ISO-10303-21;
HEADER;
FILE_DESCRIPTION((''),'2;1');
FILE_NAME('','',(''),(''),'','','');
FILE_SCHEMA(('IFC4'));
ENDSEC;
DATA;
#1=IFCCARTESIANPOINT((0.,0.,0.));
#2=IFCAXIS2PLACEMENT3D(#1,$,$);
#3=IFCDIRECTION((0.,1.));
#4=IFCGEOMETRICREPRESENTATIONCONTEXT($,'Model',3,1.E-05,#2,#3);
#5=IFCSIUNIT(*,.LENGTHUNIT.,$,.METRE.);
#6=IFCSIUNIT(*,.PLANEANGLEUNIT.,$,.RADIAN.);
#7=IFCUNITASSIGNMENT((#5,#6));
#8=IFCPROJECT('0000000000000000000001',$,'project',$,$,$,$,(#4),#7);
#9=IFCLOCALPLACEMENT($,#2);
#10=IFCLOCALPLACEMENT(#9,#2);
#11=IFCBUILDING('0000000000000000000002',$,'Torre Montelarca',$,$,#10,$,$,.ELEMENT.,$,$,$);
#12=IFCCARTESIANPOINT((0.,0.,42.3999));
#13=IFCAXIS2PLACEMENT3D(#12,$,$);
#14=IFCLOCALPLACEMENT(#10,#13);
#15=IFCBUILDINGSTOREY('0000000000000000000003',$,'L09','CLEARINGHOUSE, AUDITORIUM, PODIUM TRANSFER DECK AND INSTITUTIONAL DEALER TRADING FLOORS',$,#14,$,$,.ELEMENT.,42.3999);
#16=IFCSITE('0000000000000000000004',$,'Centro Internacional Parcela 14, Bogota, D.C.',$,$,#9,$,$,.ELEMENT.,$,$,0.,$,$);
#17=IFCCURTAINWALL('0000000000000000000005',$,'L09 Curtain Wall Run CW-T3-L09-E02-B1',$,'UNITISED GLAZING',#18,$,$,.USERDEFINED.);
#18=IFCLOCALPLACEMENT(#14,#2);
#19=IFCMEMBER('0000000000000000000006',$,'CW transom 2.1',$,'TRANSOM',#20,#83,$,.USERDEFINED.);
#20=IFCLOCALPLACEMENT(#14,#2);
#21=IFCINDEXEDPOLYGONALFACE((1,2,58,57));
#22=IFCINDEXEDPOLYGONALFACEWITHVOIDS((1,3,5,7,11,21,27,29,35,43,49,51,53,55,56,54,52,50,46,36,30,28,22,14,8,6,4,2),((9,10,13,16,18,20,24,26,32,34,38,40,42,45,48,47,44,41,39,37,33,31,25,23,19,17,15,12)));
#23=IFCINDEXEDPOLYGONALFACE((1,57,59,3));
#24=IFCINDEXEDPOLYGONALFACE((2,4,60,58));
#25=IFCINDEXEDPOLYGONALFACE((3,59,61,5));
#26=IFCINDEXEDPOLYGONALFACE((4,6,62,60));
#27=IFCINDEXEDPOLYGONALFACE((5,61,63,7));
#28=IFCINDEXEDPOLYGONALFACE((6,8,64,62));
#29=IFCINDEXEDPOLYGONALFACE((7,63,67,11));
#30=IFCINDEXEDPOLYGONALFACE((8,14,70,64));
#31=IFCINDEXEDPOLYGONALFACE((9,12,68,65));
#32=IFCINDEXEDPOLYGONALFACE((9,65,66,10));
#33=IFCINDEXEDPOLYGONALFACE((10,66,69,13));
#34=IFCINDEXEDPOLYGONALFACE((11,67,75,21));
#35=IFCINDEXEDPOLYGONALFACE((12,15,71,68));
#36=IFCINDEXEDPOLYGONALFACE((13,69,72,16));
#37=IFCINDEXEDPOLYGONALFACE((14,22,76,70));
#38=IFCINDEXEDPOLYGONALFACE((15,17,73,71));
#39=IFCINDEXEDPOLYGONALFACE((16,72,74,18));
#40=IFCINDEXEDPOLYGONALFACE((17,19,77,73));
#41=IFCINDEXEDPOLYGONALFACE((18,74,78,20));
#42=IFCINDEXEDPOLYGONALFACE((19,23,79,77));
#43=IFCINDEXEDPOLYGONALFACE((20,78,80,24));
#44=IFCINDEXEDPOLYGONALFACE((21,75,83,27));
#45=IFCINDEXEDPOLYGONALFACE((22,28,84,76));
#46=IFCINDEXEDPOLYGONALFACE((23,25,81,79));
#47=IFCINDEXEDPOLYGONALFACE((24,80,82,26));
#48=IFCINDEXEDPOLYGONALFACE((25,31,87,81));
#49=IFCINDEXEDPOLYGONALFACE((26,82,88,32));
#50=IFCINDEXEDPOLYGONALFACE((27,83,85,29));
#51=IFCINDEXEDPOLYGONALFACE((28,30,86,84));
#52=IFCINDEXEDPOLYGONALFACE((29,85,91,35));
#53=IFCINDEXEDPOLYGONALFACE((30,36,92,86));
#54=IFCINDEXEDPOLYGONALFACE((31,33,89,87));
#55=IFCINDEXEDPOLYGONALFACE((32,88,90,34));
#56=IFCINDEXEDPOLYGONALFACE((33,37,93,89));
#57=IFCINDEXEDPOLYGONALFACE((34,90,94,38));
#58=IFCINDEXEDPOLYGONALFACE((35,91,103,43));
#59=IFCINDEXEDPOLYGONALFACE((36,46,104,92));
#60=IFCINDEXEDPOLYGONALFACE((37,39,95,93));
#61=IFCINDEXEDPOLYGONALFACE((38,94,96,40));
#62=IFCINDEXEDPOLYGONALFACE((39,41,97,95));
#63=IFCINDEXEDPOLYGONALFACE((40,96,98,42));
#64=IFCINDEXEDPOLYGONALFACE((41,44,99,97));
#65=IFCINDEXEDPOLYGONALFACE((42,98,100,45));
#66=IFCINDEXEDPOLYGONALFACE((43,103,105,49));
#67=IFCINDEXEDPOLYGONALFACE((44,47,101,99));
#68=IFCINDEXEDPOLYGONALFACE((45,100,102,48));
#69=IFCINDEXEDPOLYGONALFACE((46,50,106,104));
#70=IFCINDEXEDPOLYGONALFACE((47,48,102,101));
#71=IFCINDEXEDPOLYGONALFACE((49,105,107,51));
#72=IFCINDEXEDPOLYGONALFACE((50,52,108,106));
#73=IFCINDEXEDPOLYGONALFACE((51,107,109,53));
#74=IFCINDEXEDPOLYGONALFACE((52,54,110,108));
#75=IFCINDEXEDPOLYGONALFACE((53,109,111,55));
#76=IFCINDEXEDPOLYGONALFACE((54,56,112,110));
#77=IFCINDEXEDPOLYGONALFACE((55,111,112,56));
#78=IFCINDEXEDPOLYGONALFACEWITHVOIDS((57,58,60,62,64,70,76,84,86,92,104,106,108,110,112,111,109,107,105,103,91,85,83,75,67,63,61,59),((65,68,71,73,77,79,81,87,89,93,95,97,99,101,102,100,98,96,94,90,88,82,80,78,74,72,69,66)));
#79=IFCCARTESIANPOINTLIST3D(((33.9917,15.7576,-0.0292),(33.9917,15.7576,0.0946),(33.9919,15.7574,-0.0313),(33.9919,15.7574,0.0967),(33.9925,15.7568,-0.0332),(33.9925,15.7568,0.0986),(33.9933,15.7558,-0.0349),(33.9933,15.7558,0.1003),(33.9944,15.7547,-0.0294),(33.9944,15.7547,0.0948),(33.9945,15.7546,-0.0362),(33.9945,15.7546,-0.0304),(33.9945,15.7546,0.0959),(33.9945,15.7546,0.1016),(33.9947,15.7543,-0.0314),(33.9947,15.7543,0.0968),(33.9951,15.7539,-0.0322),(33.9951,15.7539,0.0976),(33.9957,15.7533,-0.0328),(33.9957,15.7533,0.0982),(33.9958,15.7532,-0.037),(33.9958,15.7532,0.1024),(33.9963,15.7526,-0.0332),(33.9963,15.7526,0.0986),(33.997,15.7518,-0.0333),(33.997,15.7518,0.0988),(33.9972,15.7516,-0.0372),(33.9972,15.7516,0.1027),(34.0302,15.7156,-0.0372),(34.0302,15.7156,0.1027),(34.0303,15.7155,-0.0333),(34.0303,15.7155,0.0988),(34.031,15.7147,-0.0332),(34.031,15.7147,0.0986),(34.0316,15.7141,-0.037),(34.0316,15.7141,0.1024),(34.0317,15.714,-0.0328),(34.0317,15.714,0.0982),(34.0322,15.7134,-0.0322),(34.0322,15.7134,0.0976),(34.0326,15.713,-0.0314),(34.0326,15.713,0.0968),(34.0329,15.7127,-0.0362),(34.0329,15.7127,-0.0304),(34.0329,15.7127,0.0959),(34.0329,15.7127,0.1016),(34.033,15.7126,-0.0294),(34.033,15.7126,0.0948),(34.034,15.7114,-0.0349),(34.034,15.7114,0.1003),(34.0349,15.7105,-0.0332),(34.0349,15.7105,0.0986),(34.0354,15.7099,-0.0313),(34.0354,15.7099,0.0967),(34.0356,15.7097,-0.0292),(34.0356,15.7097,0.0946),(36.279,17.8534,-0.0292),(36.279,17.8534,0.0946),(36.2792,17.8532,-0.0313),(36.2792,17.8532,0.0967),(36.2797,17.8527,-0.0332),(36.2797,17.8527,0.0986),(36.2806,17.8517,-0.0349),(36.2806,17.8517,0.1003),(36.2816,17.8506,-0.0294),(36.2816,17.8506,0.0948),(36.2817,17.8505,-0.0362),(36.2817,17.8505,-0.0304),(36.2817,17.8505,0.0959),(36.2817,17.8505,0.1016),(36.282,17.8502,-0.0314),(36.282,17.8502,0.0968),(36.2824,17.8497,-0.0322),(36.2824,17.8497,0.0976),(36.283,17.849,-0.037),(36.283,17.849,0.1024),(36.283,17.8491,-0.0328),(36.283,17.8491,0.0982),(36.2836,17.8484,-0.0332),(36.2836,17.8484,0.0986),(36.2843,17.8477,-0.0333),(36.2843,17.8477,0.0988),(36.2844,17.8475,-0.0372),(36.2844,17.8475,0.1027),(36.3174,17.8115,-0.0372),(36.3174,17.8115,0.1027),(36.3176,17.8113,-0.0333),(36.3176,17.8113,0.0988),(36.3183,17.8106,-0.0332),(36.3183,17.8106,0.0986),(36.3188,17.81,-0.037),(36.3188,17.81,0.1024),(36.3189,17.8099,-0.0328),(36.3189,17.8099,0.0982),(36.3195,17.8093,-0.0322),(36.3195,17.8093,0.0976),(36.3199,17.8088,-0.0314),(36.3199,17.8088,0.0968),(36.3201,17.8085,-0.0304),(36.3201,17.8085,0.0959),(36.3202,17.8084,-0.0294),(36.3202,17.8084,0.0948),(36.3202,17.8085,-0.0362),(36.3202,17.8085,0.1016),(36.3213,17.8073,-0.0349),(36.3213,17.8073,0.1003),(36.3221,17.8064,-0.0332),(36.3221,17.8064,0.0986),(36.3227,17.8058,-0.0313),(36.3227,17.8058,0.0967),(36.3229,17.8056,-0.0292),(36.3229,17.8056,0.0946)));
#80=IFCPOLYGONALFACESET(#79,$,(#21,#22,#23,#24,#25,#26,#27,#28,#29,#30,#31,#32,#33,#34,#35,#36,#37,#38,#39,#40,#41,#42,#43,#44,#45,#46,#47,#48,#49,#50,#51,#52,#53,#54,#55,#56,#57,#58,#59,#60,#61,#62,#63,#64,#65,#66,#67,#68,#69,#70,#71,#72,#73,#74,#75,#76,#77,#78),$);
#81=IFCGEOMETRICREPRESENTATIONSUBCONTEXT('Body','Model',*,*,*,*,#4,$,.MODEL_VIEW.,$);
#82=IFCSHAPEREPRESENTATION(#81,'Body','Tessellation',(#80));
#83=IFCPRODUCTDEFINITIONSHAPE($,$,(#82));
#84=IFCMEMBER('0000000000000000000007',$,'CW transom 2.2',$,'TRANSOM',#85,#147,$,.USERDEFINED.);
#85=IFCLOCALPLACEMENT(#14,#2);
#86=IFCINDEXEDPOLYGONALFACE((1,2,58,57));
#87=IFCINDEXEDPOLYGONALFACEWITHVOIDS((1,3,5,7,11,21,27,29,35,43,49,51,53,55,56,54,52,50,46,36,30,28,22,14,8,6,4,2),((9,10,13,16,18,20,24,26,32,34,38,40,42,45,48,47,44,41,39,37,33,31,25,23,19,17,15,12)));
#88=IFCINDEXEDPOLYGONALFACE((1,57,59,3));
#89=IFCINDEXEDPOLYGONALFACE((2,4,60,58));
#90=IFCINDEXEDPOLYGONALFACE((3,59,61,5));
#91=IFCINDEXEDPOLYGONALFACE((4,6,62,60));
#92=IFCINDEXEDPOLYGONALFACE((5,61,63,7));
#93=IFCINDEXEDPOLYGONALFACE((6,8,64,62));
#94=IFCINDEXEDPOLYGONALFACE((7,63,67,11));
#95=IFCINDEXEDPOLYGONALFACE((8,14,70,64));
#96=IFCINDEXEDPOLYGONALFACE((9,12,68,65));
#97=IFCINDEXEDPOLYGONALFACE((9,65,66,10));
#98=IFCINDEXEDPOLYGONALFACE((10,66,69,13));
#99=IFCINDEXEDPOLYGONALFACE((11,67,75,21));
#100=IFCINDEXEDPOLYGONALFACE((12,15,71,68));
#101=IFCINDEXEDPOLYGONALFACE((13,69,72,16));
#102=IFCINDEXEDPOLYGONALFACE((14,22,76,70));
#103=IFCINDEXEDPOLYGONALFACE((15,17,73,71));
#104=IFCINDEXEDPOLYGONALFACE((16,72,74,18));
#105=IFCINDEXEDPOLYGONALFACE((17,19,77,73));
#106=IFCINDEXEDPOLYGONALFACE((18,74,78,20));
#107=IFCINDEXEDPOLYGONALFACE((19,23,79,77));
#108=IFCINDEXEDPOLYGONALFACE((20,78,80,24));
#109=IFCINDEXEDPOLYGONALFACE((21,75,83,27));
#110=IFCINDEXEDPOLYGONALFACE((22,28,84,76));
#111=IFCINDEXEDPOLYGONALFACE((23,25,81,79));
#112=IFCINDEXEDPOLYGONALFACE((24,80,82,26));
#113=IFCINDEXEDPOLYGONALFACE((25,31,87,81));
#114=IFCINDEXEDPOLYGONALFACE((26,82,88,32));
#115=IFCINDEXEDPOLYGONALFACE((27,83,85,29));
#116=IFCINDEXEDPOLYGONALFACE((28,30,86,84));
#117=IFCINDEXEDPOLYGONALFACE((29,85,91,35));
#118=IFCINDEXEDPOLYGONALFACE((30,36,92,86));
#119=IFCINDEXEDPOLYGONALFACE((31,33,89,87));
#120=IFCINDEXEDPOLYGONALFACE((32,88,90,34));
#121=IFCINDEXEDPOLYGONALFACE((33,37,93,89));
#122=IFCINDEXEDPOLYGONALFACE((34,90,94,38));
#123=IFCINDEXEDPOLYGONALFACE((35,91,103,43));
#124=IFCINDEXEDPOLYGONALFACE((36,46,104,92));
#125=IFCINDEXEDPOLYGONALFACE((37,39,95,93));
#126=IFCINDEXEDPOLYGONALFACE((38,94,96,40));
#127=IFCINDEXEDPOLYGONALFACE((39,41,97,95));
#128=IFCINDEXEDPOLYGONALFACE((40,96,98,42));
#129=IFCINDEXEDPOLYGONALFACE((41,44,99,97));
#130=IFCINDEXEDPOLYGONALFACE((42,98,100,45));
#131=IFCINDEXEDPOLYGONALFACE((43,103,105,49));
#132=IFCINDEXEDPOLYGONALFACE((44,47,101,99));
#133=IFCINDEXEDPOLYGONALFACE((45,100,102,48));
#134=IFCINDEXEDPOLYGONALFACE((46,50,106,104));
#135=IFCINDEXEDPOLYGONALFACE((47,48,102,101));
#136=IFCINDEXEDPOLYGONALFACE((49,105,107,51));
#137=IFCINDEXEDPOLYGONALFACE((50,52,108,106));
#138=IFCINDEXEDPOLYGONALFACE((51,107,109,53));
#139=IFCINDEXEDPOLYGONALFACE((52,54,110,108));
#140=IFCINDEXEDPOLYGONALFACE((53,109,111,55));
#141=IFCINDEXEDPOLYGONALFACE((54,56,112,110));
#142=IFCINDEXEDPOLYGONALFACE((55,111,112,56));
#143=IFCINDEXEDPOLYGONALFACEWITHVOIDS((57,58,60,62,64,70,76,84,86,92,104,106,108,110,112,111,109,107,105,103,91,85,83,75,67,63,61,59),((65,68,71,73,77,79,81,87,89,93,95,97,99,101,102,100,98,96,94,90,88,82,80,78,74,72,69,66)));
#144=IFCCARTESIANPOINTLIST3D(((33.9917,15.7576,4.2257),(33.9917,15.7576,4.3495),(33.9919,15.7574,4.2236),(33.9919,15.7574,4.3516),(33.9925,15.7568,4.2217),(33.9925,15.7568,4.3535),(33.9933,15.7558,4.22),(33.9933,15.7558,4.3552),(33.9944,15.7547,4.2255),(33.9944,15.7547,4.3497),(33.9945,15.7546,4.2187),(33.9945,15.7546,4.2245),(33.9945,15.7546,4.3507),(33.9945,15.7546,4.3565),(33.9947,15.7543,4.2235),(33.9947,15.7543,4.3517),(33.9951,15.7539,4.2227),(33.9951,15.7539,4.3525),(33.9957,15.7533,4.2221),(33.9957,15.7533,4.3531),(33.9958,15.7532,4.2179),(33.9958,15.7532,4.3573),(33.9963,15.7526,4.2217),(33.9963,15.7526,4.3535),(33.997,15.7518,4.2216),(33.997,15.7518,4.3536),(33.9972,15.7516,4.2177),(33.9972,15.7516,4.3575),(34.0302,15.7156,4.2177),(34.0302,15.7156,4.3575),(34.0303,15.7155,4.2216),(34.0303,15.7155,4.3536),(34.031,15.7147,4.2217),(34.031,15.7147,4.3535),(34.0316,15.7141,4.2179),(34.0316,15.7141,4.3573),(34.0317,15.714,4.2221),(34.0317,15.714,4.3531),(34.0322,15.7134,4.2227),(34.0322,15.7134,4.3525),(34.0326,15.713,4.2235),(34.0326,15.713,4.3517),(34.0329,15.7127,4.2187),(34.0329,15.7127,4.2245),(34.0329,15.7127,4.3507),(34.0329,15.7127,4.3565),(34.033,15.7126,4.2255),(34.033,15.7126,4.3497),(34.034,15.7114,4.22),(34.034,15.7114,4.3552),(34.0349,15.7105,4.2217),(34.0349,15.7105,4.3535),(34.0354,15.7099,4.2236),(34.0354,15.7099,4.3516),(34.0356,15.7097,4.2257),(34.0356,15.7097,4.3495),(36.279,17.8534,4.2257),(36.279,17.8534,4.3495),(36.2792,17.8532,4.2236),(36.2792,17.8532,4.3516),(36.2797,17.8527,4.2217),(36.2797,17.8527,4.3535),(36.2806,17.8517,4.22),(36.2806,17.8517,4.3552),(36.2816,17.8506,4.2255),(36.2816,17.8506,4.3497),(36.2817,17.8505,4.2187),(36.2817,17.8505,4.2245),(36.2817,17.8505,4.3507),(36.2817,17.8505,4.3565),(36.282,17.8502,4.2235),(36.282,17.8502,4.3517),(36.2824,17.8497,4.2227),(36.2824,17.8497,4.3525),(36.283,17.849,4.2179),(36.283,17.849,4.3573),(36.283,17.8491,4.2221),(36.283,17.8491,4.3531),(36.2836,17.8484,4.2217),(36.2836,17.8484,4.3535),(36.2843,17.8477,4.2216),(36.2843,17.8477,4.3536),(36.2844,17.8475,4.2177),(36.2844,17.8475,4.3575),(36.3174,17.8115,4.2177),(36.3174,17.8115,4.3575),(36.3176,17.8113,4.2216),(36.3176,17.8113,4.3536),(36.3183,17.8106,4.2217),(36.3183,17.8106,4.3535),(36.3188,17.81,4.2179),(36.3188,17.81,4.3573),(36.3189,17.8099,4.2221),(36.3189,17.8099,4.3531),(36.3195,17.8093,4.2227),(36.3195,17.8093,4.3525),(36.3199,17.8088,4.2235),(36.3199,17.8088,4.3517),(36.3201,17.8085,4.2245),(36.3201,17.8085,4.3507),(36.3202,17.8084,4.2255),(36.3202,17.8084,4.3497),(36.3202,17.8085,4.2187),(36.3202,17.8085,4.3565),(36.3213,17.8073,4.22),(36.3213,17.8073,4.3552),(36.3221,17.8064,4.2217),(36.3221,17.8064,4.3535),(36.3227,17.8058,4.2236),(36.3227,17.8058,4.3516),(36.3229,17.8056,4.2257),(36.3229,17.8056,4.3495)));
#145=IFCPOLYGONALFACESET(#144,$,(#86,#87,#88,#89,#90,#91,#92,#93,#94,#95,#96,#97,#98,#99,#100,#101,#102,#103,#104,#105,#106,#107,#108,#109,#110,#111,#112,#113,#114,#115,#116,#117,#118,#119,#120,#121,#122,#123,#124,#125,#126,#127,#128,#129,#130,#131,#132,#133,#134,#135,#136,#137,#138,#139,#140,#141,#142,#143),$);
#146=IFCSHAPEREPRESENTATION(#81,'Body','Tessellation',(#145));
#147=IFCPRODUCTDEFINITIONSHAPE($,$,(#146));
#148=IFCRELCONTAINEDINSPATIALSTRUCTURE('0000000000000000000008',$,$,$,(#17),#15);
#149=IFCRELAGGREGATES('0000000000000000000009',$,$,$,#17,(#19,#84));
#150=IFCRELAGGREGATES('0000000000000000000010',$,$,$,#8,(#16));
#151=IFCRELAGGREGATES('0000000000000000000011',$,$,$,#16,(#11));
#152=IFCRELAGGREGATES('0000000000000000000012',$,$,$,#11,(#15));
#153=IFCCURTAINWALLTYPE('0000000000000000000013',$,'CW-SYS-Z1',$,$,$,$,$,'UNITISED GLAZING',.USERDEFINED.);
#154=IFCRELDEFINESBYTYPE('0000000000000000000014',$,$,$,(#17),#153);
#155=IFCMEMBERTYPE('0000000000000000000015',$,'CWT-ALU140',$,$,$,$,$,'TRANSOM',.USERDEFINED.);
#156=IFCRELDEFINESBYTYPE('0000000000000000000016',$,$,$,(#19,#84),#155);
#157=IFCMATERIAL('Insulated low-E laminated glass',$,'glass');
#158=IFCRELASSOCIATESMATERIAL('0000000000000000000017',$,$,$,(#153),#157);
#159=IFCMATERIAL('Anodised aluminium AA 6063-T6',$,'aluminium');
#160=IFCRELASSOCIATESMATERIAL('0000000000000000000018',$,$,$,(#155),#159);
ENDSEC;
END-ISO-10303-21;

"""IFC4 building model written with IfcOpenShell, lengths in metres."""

from ifc_helpers import new_model, si_unit, direction, frame, origin, origin_2d, place, context, subcontext, project, spatial, hollow_rectangle, extrude, source, transform, mapped, material, material_profile, profile_set, type_object, element, aggregate, save


model = new_model("IFC4")

# Units and contexts
model_context = context("Model", 3, precision=1e-05, world=origin(), true_north=direction((0.0, 1.0)))
body_context = subcontext(model_context, "Body", "Model", "MODEL_VIEW")
ifc_project = project(units=[si_unit("LENGTHUNIT", "METRE"), si_unit("PLANEANGLEUNIT", "RADIAN")], contexts=[model_context])

# Site, building, storey
site_placement = place(None, origin())
site = spatial("IfcSite", under=ifc_project, at=site_placement, Name="Centro Internacional Parcela 14, Bogota, D.C.", CompositionType="ELEMENT", RefElevation=0.0)
building_placement = place(site_placement, origin())
building = spatial("IfcBuilding", under=site, at=building_placement, Name="Torre Montelarca", CompositionType="ELEMENT")
storey_placement = place(building_placement, frame((0.0, 0.0, 42.3999)))
storey = spatial("IfcBuildingStorey", under=building, at=storey_placement, Name="L09", Description="CLEARINGHOUSE, AUDITORIUM, PODIUM TRANSFER DECK AND INSTITUTIONAL DEALER TRADING FLOORS", CompositionType="ELEMENT", Elevation=42.3999)

# Curtain wall, members
ifc_material_1 = material(Name="Insulated low-E laminated glass", Category="glass")
curtain_wall_type = type_object("IfcCurtainWallType", Name="CW-SYS-Z1", ElementType="UNITISED GLAZING", PredefinedType="USERDEFINED", material=ifc_material_1)
ifc_material_2 = material(Name="Anodised aluminium AA 6063-T6", Category="aluminium")
curtain_wall_1_placement = place(storey_placement, origin())
curtain_wall_1 = element("IfcCurtainWall", 1, at=curtain_wall_1_placement, inside=storey, type_object=curtain_wall_type, Name="L09 Curtain Wall Run CW-T3-L09-E02-B1", ObjectType="UNITISED GLAZING", PredefinedType="USERDEFINED")
ifc_material_profile_1 = material_profile(ifc_material_2, hollow_rectangle(XDim=0.0649, YDim=0.1399, WallThickness=0.0039, InnerFilletRadius=0.0039, OuterFilletRadius=0.0081, at=origin_2d()), Name="ALU65X140X4", Category="aluminium")
ifc_profile_set_1 = profile_set([ifc_material_profile_1], Name="Anodised aluminium AA 6063-T6")
member_type_1 = type_object("IfcMemberType", Name="CWT-ALU140", ElementType="TRANSOM", PredefinedType="USERDEFINED", material=ifc_profile_set_1)
shared_shape_1 = source(origin(), body_context, "Body", "SweptSolid", [
    extrude(hollow_rectangle(XDim=0.0649, YDim=0.1399, WallThickness=0.0039, InnerFilletRadius=0.0039, OuterFilletRadius=0.0081, at=origin_2d()), origin(), (0.0, 0.0, 1.0), 3.1023),
])
member_1_placement = place(storey_placement, frame((34.0137, 15.7336, 0.0327), z_axis=(0.737282, 0.675586, 0.0), x_axis=(-0.675586, 0.737282, 0.0)))
member_1 = element("IfcMember", 2, at=member_1_placement, type_object=member_type_1, Name="CW transom 2.1", ObjectType="TRANSOM", PredefinedType="USERDEFINED", context=body_context, shape_type="MappedRepresentation", body=[
    mapped(shared_shape_1, transform((0.0, 0.0, 0.0), scale=1.0)),
])
member_2_placement = place(storey_placement, frame((34.0137, 15.7336, 4.2876), z_axis=(0.737282, 0.675586, 0.0), x_axis=(-0.675586, 0.737282, 0.0)))
member_2 = element("IfcMember", 3, at=member_2_placement, type_object=member_type_1, Name="CW transom 2.2", ObjectType="TRANSOM", PredefinedType="USERDEFINED", context=body_context, shape_type="MappedRepresentation", body=[
    mapped(shared_shape_1, transform((0.0, 0.0, 0.0), scale=1.0)),
])

aggregate(curtain_wall_1, [member_1, member_2])

save(model, "model.ifc")
